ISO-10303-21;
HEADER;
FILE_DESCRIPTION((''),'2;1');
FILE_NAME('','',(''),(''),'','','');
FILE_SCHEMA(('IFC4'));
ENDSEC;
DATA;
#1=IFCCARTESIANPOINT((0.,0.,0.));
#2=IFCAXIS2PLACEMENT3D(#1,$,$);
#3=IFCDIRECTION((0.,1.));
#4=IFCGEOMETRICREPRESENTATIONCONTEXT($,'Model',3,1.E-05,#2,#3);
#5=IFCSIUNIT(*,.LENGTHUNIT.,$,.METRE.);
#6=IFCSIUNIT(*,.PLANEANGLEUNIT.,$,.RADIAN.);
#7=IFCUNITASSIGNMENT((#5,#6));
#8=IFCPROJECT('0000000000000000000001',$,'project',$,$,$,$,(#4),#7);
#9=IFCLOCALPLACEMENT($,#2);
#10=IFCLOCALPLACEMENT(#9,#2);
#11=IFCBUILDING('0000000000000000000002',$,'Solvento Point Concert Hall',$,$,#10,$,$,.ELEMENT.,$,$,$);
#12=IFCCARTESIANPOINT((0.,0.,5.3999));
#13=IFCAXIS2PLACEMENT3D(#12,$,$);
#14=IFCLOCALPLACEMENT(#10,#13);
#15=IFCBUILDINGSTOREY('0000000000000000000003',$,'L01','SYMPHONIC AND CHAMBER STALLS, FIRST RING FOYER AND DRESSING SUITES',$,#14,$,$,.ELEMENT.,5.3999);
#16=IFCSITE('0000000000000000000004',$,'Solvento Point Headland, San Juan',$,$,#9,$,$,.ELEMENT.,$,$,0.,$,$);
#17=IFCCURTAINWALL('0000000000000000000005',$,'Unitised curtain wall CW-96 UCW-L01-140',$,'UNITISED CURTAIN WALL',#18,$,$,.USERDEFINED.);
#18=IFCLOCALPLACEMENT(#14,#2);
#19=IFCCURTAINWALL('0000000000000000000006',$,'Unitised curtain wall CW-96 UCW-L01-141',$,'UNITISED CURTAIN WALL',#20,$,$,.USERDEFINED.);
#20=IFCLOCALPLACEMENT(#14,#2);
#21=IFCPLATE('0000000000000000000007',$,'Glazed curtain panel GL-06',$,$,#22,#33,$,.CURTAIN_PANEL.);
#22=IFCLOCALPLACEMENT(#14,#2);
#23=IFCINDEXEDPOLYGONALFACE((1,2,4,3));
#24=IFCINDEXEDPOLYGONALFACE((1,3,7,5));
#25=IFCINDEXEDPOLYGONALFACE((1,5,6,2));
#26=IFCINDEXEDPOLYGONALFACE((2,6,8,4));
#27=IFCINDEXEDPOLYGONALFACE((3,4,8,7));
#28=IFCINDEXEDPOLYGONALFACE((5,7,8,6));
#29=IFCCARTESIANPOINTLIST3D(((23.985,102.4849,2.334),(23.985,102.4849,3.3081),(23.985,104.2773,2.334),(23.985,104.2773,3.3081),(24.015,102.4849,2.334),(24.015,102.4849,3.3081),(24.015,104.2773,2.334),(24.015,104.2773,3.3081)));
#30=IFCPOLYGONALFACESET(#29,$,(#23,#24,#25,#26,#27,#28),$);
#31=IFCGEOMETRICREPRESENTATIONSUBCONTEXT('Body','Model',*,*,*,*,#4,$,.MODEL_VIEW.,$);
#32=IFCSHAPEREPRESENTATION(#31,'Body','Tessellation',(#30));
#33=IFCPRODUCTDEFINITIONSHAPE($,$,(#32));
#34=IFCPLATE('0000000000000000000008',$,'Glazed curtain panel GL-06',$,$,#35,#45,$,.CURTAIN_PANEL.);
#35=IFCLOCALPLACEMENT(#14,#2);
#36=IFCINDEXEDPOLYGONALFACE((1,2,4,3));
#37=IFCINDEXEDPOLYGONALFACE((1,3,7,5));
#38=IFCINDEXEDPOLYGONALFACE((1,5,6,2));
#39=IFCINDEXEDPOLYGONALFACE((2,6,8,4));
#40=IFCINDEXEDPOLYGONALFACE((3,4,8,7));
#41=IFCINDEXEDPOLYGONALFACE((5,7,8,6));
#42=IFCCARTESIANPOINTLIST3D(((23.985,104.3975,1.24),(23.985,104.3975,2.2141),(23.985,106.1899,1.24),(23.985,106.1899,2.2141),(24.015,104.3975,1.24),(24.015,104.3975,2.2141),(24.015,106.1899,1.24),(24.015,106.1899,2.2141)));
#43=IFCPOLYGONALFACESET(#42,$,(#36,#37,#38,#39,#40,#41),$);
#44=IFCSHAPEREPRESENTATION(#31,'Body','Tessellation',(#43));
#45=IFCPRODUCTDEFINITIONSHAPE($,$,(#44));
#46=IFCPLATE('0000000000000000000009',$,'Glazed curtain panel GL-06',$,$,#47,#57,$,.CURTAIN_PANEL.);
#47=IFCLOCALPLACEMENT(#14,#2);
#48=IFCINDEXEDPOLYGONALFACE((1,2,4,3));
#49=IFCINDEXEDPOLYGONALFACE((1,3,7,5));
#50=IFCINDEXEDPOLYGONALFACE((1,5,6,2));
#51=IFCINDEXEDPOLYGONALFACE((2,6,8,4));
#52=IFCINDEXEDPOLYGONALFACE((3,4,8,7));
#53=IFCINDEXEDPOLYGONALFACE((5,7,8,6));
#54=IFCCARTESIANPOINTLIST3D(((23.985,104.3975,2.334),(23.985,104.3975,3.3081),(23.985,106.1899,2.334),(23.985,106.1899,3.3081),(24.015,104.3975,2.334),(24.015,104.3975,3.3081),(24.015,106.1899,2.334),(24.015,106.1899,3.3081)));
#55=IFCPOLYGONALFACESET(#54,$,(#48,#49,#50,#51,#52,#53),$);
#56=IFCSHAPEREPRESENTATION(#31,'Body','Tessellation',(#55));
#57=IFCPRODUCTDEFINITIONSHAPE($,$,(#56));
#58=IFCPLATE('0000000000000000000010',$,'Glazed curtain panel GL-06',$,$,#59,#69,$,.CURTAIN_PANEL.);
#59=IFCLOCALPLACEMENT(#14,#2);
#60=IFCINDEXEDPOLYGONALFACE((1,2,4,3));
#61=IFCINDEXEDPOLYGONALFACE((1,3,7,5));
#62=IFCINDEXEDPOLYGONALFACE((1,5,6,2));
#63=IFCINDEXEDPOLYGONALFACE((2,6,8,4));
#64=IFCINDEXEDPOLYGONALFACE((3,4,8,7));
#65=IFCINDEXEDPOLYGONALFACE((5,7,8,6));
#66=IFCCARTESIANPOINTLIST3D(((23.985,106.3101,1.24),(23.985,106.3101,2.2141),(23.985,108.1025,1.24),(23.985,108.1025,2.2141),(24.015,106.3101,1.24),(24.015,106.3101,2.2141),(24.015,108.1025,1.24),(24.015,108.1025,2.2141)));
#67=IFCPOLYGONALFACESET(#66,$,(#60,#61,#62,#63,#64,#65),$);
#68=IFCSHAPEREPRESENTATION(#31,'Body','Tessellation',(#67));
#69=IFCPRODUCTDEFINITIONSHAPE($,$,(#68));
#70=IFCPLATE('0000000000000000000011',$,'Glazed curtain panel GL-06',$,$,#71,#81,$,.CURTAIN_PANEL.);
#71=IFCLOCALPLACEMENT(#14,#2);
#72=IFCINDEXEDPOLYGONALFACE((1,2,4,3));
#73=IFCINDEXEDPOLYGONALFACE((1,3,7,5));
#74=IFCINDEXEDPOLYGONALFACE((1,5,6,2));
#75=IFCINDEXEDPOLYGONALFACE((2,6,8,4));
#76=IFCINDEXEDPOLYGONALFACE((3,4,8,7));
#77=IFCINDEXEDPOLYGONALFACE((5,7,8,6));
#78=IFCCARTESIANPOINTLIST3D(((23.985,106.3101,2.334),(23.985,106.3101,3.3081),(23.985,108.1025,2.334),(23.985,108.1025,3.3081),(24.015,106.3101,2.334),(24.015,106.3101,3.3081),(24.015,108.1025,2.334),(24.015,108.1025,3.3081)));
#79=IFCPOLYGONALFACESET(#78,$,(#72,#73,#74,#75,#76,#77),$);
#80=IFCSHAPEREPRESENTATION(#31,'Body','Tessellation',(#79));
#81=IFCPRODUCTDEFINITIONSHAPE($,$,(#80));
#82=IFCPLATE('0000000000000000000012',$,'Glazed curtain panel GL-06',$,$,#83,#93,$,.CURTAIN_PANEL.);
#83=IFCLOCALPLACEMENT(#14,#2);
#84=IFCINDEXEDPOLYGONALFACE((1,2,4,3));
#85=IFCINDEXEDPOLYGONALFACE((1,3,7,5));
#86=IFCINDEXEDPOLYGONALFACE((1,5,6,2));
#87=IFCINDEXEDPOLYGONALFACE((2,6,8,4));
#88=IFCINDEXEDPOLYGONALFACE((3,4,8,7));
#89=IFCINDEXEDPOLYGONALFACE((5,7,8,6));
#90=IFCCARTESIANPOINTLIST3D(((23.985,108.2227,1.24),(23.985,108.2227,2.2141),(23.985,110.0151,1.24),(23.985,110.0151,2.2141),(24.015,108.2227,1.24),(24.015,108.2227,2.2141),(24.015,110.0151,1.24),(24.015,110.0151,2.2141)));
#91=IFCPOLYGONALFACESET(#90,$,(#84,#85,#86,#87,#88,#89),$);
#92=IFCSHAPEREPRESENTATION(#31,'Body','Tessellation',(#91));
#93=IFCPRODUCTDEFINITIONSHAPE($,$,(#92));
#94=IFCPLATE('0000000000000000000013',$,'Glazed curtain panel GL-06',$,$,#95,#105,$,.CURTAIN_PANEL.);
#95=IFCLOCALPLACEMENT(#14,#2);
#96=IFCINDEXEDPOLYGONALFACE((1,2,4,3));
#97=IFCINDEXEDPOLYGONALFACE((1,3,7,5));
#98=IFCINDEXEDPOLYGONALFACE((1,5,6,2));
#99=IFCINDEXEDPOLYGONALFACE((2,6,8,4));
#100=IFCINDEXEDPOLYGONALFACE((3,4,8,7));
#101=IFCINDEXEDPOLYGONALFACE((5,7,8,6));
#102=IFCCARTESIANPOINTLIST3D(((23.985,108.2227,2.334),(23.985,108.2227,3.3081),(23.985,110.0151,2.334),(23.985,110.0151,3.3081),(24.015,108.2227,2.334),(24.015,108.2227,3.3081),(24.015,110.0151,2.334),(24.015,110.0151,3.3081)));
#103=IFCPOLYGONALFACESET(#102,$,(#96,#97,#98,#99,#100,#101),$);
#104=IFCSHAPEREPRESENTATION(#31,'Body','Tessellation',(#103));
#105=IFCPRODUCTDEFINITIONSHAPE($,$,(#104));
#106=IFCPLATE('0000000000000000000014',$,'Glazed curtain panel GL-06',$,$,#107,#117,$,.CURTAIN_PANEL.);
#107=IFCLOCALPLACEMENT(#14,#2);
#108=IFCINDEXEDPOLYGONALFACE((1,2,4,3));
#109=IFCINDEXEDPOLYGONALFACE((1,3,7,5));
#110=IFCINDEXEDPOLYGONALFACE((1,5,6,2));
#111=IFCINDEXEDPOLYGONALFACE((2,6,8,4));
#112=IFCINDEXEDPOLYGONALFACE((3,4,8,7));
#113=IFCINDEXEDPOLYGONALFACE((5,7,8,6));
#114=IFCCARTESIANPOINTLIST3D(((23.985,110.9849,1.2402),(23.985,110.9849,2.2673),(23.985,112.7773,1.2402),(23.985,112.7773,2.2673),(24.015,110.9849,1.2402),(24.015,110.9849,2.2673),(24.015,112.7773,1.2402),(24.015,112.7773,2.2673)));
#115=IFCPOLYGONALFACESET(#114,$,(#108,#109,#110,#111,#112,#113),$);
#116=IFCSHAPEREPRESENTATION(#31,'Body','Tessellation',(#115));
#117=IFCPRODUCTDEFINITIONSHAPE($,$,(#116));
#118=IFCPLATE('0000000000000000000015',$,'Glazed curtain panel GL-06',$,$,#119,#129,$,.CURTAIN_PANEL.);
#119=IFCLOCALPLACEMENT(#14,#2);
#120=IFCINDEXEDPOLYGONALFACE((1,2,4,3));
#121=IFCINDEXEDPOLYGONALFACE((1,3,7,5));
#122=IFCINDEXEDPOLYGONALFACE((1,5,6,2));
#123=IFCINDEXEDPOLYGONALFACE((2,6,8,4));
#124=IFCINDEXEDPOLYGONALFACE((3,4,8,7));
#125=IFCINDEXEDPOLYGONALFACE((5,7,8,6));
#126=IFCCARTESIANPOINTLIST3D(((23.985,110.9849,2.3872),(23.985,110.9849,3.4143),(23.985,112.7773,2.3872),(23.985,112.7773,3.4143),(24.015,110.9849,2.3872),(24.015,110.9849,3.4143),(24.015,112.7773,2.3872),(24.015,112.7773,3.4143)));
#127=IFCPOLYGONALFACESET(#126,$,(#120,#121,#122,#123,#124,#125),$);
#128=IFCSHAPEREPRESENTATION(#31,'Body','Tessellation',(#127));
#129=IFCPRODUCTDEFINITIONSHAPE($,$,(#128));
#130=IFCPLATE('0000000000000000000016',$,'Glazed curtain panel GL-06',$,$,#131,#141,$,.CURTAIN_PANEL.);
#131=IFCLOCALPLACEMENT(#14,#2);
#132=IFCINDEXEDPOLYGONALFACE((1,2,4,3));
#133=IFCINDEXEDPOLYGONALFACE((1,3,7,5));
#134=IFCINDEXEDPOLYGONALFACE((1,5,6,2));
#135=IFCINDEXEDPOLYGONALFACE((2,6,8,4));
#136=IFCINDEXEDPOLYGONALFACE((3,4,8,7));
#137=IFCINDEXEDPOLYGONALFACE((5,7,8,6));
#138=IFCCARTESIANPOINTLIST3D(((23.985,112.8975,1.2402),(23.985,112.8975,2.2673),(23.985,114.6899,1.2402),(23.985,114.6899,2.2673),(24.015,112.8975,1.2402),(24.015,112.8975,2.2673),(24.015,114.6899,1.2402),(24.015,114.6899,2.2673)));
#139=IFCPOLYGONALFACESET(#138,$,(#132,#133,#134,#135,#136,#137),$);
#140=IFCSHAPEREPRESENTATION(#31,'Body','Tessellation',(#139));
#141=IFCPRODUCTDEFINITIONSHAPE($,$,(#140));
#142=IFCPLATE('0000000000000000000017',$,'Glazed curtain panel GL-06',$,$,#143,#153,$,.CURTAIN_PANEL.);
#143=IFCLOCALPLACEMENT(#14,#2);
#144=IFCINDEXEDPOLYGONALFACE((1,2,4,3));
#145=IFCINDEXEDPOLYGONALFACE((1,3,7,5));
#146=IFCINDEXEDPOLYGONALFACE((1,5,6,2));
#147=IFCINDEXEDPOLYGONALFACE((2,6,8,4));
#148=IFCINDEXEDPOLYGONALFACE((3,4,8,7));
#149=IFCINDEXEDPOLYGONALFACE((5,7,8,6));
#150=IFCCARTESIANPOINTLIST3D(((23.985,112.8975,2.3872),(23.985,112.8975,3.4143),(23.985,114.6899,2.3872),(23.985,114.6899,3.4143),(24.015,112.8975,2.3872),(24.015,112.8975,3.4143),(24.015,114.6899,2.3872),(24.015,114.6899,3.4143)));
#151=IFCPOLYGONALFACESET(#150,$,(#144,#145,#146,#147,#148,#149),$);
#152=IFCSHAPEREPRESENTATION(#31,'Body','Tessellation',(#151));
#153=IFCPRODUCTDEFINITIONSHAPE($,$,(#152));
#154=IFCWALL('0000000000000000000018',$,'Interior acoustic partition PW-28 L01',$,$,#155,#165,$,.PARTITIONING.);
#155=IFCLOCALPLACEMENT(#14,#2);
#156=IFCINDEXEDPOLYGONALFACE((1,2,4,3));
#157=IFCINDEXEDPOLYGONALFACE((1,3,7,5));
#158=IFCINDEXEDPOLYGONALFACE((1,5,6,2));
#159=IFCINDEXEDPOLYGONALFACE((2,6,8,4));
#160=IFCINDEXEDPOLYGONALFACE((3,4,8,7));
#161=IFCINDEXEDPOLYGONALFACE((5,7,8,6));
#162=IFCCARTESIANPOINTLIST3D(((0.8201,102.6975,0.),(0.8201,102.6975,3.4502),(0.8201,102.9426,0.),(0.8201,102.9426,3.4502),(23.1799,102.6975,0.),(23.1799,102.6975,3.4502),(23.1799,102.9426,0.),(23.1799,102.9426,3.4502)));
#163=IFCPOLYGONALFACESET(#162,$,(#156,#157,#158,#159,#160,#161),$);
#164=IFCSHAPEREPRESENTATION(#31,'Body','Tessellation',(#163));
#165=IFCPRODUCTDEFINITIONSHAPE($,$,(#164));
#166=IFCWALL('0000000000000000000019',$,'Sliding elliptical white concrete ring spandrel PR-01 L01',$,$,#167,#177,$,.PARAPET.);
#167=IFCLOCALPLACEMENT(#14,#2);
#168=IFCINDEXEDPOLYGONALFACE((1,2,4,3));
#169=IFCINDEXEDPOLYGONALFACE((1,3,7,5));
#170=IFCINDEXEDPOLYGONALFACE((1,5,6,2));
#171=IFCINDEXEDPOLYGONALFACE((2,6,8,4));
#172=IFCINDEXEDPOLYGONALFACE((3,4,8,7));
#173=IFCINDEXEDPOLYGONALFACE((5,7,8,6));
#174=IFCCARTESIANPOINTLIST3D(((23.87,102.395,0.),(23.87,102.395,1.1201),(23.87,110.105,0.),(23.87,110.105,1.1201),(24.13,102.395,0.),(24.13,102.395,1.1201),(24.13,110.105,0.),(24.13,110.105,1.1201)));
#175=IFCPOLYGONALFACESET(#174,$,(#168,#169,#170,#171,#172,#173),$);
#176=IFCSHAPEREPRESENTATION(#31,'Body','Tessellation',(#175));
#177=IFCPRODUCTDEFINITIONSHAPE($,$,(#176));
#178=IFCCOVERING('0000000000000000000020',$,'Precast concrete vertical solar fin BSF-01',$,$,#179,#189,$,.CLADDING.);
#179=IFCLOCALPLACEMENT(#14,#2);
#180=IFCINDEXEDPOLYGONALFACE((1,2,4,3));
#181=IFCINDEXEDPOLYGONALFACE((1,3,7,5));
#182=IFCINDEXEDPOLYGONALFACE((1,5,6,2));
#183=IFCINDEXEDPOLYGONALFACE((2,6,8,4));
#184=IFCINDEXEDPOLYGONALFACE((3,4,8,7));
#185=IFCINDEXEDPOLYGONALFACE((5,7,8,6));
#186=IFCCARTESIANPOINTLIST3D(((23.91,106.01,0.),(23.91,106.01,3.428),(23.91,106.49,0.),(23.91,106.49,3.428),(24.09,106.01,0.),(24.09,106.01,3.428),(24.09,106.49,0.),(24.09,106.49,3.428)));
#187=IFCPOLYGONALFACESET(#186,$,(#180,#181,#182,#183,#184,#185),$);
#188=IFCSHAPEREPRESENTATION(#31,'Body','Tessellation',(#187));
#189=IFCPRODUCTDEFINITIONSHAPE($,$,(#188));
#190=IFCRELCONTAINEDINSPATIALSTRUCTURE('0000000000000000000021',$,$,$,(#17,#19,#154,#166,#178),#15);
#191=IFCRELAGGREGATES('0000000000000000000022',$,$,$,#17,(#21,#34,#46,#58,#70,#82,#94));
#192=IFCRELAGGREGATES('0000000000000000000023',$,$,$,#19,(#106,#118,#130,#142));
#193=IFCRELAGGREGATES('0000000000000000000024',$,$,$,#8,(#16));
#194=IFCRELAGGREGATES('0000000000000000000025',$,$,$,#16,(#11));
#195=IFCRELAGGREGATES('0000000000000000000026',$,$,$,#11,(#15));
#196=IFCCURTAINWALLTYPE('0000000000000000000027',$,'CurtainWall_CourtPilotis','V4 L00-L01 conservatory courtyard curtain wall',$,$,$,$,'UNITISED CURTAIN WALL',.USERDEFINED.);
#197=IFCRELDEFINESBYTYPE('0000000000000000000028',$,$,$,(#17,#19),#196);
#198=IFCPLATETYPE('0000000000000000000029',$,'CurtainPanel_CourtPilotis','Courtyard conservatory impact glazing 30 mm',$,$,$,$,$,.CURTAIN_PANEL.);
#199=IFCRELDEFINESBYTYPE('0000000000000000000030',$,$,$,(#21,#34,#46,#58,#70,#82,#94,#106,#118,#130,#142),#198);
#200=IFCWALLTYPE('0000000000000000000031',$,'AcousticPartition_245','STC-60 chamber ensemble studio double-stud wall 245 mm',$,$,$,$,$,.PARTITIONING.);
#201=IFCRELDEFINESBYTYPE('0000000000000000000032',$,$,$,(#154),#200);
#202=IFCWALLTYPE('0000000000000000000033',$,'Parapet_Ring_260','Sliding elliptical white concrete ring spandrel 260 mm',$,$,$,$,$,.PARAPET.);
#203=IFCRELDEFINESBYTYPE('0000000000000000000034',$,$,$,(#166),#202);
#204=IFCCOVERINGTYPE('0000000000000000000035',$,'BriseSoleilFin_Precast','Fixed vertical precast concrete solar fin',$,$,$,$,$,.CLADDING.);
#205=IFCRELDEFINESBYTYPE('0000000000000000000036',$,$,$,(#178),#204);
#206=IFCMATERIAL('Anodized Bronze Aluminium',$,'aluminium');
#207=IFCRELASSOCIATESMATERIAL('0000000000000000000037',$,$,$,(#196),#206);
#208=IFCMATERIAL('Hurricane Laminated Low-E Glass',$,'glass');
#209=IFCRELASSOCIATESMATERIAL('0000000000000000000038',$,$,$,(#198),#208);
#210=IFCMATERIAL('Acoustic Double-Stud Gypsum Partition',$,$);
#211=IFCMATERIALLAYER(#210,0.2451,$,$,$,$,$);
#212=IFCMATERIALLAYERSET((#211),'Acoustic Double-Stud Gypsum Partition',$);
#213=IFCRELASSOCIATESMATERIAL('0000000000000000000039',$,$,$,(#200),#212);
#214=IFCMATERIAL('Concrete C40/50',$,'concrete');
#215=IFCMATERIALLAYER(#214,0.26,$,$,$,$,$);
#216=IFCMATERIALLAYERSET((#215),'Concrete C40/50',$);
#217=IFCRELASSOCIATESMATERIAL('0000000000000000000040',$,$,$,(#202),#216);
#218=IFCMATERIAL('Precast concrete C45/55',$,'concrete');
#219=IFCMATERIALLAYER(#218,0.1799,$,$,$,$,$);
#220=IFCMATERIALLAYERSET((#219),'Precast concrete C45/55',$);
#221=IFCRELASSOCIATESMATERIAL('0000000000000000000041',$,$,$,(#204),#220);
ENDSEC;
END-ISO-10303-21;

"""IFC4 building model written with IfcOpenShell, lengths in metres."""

from ifc_helpers import new_model, si_unit, direction, frame, frame_2d, origin, origin_2d, place, context, subcontext, project, spatial, rectangle, extrude, material, layer, layer_set, type_object, element, aggregate, save


model = new_model("IFC4")

# Units and contexts
model_context = context("Model", 3, precision=1e-05, world=origin(), true_north=direction((0.0, 1.0)))
body_context = subcontext(model_context, "Body", "Model", "MODEL_VIEW")
ifc_project = project(units=[si_unit("LENGTHUNIT", "METRE"), si_unit("PLANEANGLEUNIT", "RADIAN")], contexts=[model_context])

# Site, building, storey
site_placement = place(None, origin())
site = spatial("IfcSite", under=ifc_project, at=site_placement, Name="Solvento Point Headland, San Juan", CompositionType="ELEMENT", RefElevation=0.0)
building_placement = place(site_placement, origin())
building = spatial("IfcBuilding", under=site, at=building_placement, Name="Solvento Point Concert Hall", CompositionType="ELEMENT")
storey_placement = place(building_placement, frame((0.0, 0.0, 5.3999)))
storey = spatial("IfcBuildingStorey", under=building, at=storey_placement, Name="L01", Description="SYMPHONIC AND CHAMBER STALLS, FIRST RING FOYER AND DRESSING SUITES", CompositionType="ELEMENT", Elevation=5.3999)

# Curtain walls
ifc_material_1 = material(Name="Anodized Bronze Aluminium", Category="aluminium")
curtain_wall_type = type_object("IfcCurtainWallType", Name="CurtainWall_CourtPilotis", Description="V4 L00-L01 conservatory courtyard curtain wall", ElementType="UNITISED CURTAIN WALL", PredefinedType="USERDEFINED", material=ifc_material_1)
curtain_wall_1_placement = place(storey_placement, origin())
curtain_wall_1 = element("IfcCurtainWall", 1, at=curtain_wall_1_placement, inside=storey, type_object=curtain_wall_type, Name="Unitised curtain wall CW-96 UCW-L01-140", ObjectType="UNITISED CURTAIN WALL", PredefinedType="USERDEFINED")
curtain_wall_2_placement = place(storey_placement, origin())
curtain_wall_2 = element("IfcCurtainWall", 2, at=curtain_wall_2_placement, inside=storey, type_object=curtain_wall_type, Name="Unitised curtain wall CW-96 UCW-L01-141", ObjectType="UNITISED CURTAIN WALL", PredefinedType="USERDEFINED")

# Plates
ifc_material_2 = material(Name="Hurricane Laminated Low-E Glass", Category="glass")
plate_type = type_object("IfcPlateType", Name="CurtainPanel_CourtPilotis", Description="Courtyard conservatory impact glazing 30 mm", PredefinedType="CURTAIN_PANEL", material=ifc_material_2)
plate_1_placement = place(storey_placement, frame((24.0, 103.3811, 2.334), z_axis=(0.0, 0.0, 1.0), x_axis=(0.0, 1.0, 0.0)))
plate_1 = element("IfcPlate", 3, at=plate_1_placement, type_object=plate_type, Name="Glazed curtain panel GL-06", PredefinedType="CURTAIN_PANEL", context=body_context, shape_type="SweptSolid", body=[
    extrude(rectangle(XDim=1.7925, YDim=0.03, at=origin_2d()), origin(), (0.0, 0.0, 1.0), 0.9741),
])
plate_2_placement = place(storey_placement, frame((24.0, 105.2937, 1.24), z_axis=(0.0, 0.0, 1.0), x_axis=(0.0, 1.0, 0.0)))
plate_2 = element("IfcPlate", 4, at=plate_2_placement, type_object=plate_type, Name="Glazed curtain panel GL-06", PredefinedType="CURTAIN_PANEL", context=body_context, shape_type="SweptSolid", body=[
    extrude(rectangle(XDim=1.7925, YDim=0.03, at=origin_2d()), origin(), (0.0, 0.0, 1.0), 0.9741),
])
plate_3_placement = place(storey_placement, frame((24.0, 105.2937, 2.334), z_axis=(0.0, 0.0, 1.0), x_axis=(0.0, 1.0, 0.0)))
plate_3 = element("IfcPlate", 5, at=plate_3_placement, type_object=plate_type, Name="Glazed curtain panel GL-06", PredefinedType="CURTAIN_PANEL", context=body_context, shape_type="SweptSolid", body=[
    extrude(rectangle(XDim=1.7925, YDim=0.03, at=origin_2d()), origin(), (0.0, 0.0, 1.0), 0.9741),
])
plate_4_placement = place(storey_placement, frame((24.0, 107.2063, 1.24), z_axis=(0.0, 0.0, 1.0), x_axis=(0.0, 1.0, 0.0)))
plate_4 = element("IfcPlate", 6, at=plate_4_placement, type_object=plate_type, Name="Glazed curtain panel GL-06", PredefinedType="CURTAIN_PANEL", context=body_context, shape_type="SweptSolid", body=[
    extrude(rectangle(XDim=1.7925, YDim=0.03, at=origin_2d()), origin(), (0.0, 0.0, 1.0), 0.9741),
])
plate_5_placement = place(storey_placement, frame((24.0, 107.2063, 2.334), z_axis=(0.0, 0.0, 1.0), x_axis=(0.0, 1.0, 0.0)))
plate_5 = element("IfcPlate", 7, at=plate_5_placement, type_object=plate_type, Name="Glazed curtain panel GL-06", PredefinedType="CURTAIN_PANEL", context=body_context, shape_type="SweptSolid", body=[
    extrude(rectangle(XDim=1.7925, YDim=0.03, at=origin_2d()), origin(), (0.0, 0.0, 1.0), 0.9741),
])
plate_6_placement = place(storey_placement, frame((24.0, 109.1189, 1.24), z_axis=(0.0, 0.0, 1.0), x_axis=(0.0, 1.0, 0.0)))
plate_6 = element("IfcPlate", 8, at=plate_6_placement, type_object=plate_type, Name="Glazed curtain panel GL-06", PredefinedType="CURTAIN_PANEL", context=body_context, shape_type="SweptSolid", body=[
    extrude(rectangle(XDim=1.7925, YDim=0.03, at=origin_2d()), origin(), (0.0, 0.0, 1.0), 0.9741),
])
plate_7_placement = place(storey_placement, frame((24.0, 109.1189, 2.334), z_axis=(0.0, 0.0, 1.0), x_axis=(0.0, 1.0, 0.0)))
plate_7 = element("IfcPlate", 9, at=plate_7_placement, type_object=plate_type, Name="Glazed curtain panel GL-06", PredefinedType="CURTAIN_PANEL", context=body_context, shape_type="SweptSolid", body=[
    extrude(rectangle(XDim=1.7925, YDim=0.03, at=origin_2d()), origin(), (0.0, 0.0, 1.0), 0.9741),
])
aggregate(curtain_wall_1, [plate_1, plate_2, plate_3, plate_4, plate_5, plate_6, plate_7])
plate_8_placement = place(storey_placement, frame((24.0, 111.8811, 1.2402), z_axis=(0.0, 0.0, 1.0), x_axis=(0.0, 1.0, 0.0)))
plate_8 = element("IfcPlate", 10, at=plate_8_placement, type_object=plate_type, Name="Glazed curtain panel GL-06", PredefinedType="CURTAIN_PANEL", context=body_context, shape_type="SweptSolid", body=[
    extrude(rectangle(XDim=1.7925, YDim=0.03, at=origin_2d()), origin(), (0.0, 0.0, 1.0), 1.0271),
])
plate_9_placement = place(storey_placement, frame((24.0, 111.8811, 2.3872), z_axis=(0.0, 0.0, 1.0), x_axis=(0.0, 1.0, 0.0)))
plate_9 = element("IfcPlate", 11, at=plate_9_placement, type_object=plate_type, Name="Glazed curtain panel GL-06", PredefinedType="CURTAIN_PANEL", context=body_context, shape_type="SweptSolid", body=[
    extrude(rectangle(XDim=1.7925, YDim=0.03, at=origin_2d()), origin(), (0.0, 0.0, 1.0), 1.0271),
])
plate_10_placement = place(storey_placement, frame((24.0, 113.7937, 1.2402), z_axis=(0.0, 0.0, 1.0), x_axis=(0.0, 1.0, 0.0)))
plate_10 = element("IfcPlate", 12, at=plate_10_placement, type_object=plate_type, Name="Glazed curtain panel GL-06", PredefinedType="CURTAIN_PANEL", context=body_context, shape_type="SweptSolid", body=[
    extrude(rectangle(XDim=1.7925, YDim=0.03, at=origin_2d()), origin(), (0.0, 0.0, 1.0), 1.0271),
])
plate_11_placement = place(storey_placement, frame((24.0, 113.7937, 2.3872), z_axis=(0.0, 0.0, 1.0), x_axis=(0.0, 1.0, 0.0)))
plate_11 = element("IfcPlate", 13, at=plate_11_placement, type_object=plate_type, Name="Glazed curtain panel GL-06", PredefinedType="CURTAIN_PANEL", context=body_context, shape_type="SweptSolid", body=[
    extrude(rectangle(XDim=1.7925, YDim=0.03, at=origin_2d()), origin(), (0.0, 0.0, 1.0), 1.0271),
])
aggregate(curtain_wall_2, [plate_8, plate_9, plate_10, plate_11])

# Walls
ifc_material_3 = material(Name="Acoustic Double-Stud Gypsum Partition")
ifc_layer_1 = layer(ifc_material_3, 0.2451)
ifc_layer_set_1 = layer_set([ifc_layer_1], Name="Acoustic Double-Stud Gypsum Partition")
wall_type_1 = type_object("IfcWallType", Name="AcousticPartition_245", Description="STC-60 chamber ensemble studio double-stud wall 245 mm", PredefinedType="PARTITIONING", material=ifc_layer_set_1)
wall_1_placement = place(storey_placement, frame((23.1799, 102.8201, 0.0), z_axis=(0.0, 0.0, 1.0), x_axis=(-1.0, 0.0, 0.0)))
element("IfcWall", 14, at=wall_1_placement, inside=storey, type_object=wall_type_1, Name="Interior acoustic partition PW-28 L01", PredefinedType="PARTITIONING", context=body_context, shape_type="SweptSolid", body=[
    extrude(rectangle(XDim=22.3599, YDim=0.2451, at=frame_2d((11.1799, 0.0))), origin(), (0.0, 0.0, 1.0), 3.4502),
])
ifc_material_4 = material(Name="Concrete C40/50", Category="concrete")
ifc_layer_2 = layer(ifc_material_4, 0.26)
ifc_layer_set_2 = layer_set([ifc_layer_2], Name="Concrete C40/50")
wall_type_2 = type_object("IfcWallType", Name="Parapet_Ring_260", Description="Sliding elliptical white concrete ring spandrel 260 mm", PredefinedType="PARAPET", material=ifc_layer_set_2)
wall_2_placement = place(storey_placement, frame((24.0, 110.105, 0.0), z_axis=(0.0, 0.0, 1.0), x_axis=(0.0, -1.0, 0.0)))
element("IfcWall", 15, at=wall_2_placement, inside=storey, type_object=wall_type_2, Name="Sliding elliptical white concrete ring spandrel PR-01 L01", PredefinedType="PARAPET", context=body_context, shape_type="SweptSolid", body=[
    extrude(rectangle(XDim=7.71, YDim=0.26, at=frame_2d((3.855, 0.0))), origin(), (0.0, 0.0, 1.0), 1.1201),
])

# Covering
ifc_material_5 = material(Name="Precast concrete C45/55", Category="concrete")
ifc_layer_3 = layer(ifc_material_5, 0.1799)
ifc_layer_set_3 = layer_set([ifc_layer_3], Name="Precast concrete C45/55")
covering_type = type_object("IfcCoveringType", Name="BriseSoleilFin_Precast", Description="Fixed vertical precast concrete solar fin", PredefinedType="CLADDING", material=ifc_layer_set_3)
covering_placement = place(storey_placement, frame((24.0, 106.25, 0.0), z_axis=(0.0, 0.0, 1.0), x_axis=(1.0, 0.0, 0.0)))
element("IfcCovering", 16, at=covering_placement, inside=storey, type_object=covering_type, Name="Precast concrete vertical solar fin BSF-01", PredefinedType="CLADDING", context=body_context, shape_type="SweptSolid", body=[
    extrude(rectangle(XDim=0.1799, YDim=0.48, at=origin_2d()), origin(), (0.0, 0.0, 1.0), 3.428),
])

save(model, "model.ifc")
